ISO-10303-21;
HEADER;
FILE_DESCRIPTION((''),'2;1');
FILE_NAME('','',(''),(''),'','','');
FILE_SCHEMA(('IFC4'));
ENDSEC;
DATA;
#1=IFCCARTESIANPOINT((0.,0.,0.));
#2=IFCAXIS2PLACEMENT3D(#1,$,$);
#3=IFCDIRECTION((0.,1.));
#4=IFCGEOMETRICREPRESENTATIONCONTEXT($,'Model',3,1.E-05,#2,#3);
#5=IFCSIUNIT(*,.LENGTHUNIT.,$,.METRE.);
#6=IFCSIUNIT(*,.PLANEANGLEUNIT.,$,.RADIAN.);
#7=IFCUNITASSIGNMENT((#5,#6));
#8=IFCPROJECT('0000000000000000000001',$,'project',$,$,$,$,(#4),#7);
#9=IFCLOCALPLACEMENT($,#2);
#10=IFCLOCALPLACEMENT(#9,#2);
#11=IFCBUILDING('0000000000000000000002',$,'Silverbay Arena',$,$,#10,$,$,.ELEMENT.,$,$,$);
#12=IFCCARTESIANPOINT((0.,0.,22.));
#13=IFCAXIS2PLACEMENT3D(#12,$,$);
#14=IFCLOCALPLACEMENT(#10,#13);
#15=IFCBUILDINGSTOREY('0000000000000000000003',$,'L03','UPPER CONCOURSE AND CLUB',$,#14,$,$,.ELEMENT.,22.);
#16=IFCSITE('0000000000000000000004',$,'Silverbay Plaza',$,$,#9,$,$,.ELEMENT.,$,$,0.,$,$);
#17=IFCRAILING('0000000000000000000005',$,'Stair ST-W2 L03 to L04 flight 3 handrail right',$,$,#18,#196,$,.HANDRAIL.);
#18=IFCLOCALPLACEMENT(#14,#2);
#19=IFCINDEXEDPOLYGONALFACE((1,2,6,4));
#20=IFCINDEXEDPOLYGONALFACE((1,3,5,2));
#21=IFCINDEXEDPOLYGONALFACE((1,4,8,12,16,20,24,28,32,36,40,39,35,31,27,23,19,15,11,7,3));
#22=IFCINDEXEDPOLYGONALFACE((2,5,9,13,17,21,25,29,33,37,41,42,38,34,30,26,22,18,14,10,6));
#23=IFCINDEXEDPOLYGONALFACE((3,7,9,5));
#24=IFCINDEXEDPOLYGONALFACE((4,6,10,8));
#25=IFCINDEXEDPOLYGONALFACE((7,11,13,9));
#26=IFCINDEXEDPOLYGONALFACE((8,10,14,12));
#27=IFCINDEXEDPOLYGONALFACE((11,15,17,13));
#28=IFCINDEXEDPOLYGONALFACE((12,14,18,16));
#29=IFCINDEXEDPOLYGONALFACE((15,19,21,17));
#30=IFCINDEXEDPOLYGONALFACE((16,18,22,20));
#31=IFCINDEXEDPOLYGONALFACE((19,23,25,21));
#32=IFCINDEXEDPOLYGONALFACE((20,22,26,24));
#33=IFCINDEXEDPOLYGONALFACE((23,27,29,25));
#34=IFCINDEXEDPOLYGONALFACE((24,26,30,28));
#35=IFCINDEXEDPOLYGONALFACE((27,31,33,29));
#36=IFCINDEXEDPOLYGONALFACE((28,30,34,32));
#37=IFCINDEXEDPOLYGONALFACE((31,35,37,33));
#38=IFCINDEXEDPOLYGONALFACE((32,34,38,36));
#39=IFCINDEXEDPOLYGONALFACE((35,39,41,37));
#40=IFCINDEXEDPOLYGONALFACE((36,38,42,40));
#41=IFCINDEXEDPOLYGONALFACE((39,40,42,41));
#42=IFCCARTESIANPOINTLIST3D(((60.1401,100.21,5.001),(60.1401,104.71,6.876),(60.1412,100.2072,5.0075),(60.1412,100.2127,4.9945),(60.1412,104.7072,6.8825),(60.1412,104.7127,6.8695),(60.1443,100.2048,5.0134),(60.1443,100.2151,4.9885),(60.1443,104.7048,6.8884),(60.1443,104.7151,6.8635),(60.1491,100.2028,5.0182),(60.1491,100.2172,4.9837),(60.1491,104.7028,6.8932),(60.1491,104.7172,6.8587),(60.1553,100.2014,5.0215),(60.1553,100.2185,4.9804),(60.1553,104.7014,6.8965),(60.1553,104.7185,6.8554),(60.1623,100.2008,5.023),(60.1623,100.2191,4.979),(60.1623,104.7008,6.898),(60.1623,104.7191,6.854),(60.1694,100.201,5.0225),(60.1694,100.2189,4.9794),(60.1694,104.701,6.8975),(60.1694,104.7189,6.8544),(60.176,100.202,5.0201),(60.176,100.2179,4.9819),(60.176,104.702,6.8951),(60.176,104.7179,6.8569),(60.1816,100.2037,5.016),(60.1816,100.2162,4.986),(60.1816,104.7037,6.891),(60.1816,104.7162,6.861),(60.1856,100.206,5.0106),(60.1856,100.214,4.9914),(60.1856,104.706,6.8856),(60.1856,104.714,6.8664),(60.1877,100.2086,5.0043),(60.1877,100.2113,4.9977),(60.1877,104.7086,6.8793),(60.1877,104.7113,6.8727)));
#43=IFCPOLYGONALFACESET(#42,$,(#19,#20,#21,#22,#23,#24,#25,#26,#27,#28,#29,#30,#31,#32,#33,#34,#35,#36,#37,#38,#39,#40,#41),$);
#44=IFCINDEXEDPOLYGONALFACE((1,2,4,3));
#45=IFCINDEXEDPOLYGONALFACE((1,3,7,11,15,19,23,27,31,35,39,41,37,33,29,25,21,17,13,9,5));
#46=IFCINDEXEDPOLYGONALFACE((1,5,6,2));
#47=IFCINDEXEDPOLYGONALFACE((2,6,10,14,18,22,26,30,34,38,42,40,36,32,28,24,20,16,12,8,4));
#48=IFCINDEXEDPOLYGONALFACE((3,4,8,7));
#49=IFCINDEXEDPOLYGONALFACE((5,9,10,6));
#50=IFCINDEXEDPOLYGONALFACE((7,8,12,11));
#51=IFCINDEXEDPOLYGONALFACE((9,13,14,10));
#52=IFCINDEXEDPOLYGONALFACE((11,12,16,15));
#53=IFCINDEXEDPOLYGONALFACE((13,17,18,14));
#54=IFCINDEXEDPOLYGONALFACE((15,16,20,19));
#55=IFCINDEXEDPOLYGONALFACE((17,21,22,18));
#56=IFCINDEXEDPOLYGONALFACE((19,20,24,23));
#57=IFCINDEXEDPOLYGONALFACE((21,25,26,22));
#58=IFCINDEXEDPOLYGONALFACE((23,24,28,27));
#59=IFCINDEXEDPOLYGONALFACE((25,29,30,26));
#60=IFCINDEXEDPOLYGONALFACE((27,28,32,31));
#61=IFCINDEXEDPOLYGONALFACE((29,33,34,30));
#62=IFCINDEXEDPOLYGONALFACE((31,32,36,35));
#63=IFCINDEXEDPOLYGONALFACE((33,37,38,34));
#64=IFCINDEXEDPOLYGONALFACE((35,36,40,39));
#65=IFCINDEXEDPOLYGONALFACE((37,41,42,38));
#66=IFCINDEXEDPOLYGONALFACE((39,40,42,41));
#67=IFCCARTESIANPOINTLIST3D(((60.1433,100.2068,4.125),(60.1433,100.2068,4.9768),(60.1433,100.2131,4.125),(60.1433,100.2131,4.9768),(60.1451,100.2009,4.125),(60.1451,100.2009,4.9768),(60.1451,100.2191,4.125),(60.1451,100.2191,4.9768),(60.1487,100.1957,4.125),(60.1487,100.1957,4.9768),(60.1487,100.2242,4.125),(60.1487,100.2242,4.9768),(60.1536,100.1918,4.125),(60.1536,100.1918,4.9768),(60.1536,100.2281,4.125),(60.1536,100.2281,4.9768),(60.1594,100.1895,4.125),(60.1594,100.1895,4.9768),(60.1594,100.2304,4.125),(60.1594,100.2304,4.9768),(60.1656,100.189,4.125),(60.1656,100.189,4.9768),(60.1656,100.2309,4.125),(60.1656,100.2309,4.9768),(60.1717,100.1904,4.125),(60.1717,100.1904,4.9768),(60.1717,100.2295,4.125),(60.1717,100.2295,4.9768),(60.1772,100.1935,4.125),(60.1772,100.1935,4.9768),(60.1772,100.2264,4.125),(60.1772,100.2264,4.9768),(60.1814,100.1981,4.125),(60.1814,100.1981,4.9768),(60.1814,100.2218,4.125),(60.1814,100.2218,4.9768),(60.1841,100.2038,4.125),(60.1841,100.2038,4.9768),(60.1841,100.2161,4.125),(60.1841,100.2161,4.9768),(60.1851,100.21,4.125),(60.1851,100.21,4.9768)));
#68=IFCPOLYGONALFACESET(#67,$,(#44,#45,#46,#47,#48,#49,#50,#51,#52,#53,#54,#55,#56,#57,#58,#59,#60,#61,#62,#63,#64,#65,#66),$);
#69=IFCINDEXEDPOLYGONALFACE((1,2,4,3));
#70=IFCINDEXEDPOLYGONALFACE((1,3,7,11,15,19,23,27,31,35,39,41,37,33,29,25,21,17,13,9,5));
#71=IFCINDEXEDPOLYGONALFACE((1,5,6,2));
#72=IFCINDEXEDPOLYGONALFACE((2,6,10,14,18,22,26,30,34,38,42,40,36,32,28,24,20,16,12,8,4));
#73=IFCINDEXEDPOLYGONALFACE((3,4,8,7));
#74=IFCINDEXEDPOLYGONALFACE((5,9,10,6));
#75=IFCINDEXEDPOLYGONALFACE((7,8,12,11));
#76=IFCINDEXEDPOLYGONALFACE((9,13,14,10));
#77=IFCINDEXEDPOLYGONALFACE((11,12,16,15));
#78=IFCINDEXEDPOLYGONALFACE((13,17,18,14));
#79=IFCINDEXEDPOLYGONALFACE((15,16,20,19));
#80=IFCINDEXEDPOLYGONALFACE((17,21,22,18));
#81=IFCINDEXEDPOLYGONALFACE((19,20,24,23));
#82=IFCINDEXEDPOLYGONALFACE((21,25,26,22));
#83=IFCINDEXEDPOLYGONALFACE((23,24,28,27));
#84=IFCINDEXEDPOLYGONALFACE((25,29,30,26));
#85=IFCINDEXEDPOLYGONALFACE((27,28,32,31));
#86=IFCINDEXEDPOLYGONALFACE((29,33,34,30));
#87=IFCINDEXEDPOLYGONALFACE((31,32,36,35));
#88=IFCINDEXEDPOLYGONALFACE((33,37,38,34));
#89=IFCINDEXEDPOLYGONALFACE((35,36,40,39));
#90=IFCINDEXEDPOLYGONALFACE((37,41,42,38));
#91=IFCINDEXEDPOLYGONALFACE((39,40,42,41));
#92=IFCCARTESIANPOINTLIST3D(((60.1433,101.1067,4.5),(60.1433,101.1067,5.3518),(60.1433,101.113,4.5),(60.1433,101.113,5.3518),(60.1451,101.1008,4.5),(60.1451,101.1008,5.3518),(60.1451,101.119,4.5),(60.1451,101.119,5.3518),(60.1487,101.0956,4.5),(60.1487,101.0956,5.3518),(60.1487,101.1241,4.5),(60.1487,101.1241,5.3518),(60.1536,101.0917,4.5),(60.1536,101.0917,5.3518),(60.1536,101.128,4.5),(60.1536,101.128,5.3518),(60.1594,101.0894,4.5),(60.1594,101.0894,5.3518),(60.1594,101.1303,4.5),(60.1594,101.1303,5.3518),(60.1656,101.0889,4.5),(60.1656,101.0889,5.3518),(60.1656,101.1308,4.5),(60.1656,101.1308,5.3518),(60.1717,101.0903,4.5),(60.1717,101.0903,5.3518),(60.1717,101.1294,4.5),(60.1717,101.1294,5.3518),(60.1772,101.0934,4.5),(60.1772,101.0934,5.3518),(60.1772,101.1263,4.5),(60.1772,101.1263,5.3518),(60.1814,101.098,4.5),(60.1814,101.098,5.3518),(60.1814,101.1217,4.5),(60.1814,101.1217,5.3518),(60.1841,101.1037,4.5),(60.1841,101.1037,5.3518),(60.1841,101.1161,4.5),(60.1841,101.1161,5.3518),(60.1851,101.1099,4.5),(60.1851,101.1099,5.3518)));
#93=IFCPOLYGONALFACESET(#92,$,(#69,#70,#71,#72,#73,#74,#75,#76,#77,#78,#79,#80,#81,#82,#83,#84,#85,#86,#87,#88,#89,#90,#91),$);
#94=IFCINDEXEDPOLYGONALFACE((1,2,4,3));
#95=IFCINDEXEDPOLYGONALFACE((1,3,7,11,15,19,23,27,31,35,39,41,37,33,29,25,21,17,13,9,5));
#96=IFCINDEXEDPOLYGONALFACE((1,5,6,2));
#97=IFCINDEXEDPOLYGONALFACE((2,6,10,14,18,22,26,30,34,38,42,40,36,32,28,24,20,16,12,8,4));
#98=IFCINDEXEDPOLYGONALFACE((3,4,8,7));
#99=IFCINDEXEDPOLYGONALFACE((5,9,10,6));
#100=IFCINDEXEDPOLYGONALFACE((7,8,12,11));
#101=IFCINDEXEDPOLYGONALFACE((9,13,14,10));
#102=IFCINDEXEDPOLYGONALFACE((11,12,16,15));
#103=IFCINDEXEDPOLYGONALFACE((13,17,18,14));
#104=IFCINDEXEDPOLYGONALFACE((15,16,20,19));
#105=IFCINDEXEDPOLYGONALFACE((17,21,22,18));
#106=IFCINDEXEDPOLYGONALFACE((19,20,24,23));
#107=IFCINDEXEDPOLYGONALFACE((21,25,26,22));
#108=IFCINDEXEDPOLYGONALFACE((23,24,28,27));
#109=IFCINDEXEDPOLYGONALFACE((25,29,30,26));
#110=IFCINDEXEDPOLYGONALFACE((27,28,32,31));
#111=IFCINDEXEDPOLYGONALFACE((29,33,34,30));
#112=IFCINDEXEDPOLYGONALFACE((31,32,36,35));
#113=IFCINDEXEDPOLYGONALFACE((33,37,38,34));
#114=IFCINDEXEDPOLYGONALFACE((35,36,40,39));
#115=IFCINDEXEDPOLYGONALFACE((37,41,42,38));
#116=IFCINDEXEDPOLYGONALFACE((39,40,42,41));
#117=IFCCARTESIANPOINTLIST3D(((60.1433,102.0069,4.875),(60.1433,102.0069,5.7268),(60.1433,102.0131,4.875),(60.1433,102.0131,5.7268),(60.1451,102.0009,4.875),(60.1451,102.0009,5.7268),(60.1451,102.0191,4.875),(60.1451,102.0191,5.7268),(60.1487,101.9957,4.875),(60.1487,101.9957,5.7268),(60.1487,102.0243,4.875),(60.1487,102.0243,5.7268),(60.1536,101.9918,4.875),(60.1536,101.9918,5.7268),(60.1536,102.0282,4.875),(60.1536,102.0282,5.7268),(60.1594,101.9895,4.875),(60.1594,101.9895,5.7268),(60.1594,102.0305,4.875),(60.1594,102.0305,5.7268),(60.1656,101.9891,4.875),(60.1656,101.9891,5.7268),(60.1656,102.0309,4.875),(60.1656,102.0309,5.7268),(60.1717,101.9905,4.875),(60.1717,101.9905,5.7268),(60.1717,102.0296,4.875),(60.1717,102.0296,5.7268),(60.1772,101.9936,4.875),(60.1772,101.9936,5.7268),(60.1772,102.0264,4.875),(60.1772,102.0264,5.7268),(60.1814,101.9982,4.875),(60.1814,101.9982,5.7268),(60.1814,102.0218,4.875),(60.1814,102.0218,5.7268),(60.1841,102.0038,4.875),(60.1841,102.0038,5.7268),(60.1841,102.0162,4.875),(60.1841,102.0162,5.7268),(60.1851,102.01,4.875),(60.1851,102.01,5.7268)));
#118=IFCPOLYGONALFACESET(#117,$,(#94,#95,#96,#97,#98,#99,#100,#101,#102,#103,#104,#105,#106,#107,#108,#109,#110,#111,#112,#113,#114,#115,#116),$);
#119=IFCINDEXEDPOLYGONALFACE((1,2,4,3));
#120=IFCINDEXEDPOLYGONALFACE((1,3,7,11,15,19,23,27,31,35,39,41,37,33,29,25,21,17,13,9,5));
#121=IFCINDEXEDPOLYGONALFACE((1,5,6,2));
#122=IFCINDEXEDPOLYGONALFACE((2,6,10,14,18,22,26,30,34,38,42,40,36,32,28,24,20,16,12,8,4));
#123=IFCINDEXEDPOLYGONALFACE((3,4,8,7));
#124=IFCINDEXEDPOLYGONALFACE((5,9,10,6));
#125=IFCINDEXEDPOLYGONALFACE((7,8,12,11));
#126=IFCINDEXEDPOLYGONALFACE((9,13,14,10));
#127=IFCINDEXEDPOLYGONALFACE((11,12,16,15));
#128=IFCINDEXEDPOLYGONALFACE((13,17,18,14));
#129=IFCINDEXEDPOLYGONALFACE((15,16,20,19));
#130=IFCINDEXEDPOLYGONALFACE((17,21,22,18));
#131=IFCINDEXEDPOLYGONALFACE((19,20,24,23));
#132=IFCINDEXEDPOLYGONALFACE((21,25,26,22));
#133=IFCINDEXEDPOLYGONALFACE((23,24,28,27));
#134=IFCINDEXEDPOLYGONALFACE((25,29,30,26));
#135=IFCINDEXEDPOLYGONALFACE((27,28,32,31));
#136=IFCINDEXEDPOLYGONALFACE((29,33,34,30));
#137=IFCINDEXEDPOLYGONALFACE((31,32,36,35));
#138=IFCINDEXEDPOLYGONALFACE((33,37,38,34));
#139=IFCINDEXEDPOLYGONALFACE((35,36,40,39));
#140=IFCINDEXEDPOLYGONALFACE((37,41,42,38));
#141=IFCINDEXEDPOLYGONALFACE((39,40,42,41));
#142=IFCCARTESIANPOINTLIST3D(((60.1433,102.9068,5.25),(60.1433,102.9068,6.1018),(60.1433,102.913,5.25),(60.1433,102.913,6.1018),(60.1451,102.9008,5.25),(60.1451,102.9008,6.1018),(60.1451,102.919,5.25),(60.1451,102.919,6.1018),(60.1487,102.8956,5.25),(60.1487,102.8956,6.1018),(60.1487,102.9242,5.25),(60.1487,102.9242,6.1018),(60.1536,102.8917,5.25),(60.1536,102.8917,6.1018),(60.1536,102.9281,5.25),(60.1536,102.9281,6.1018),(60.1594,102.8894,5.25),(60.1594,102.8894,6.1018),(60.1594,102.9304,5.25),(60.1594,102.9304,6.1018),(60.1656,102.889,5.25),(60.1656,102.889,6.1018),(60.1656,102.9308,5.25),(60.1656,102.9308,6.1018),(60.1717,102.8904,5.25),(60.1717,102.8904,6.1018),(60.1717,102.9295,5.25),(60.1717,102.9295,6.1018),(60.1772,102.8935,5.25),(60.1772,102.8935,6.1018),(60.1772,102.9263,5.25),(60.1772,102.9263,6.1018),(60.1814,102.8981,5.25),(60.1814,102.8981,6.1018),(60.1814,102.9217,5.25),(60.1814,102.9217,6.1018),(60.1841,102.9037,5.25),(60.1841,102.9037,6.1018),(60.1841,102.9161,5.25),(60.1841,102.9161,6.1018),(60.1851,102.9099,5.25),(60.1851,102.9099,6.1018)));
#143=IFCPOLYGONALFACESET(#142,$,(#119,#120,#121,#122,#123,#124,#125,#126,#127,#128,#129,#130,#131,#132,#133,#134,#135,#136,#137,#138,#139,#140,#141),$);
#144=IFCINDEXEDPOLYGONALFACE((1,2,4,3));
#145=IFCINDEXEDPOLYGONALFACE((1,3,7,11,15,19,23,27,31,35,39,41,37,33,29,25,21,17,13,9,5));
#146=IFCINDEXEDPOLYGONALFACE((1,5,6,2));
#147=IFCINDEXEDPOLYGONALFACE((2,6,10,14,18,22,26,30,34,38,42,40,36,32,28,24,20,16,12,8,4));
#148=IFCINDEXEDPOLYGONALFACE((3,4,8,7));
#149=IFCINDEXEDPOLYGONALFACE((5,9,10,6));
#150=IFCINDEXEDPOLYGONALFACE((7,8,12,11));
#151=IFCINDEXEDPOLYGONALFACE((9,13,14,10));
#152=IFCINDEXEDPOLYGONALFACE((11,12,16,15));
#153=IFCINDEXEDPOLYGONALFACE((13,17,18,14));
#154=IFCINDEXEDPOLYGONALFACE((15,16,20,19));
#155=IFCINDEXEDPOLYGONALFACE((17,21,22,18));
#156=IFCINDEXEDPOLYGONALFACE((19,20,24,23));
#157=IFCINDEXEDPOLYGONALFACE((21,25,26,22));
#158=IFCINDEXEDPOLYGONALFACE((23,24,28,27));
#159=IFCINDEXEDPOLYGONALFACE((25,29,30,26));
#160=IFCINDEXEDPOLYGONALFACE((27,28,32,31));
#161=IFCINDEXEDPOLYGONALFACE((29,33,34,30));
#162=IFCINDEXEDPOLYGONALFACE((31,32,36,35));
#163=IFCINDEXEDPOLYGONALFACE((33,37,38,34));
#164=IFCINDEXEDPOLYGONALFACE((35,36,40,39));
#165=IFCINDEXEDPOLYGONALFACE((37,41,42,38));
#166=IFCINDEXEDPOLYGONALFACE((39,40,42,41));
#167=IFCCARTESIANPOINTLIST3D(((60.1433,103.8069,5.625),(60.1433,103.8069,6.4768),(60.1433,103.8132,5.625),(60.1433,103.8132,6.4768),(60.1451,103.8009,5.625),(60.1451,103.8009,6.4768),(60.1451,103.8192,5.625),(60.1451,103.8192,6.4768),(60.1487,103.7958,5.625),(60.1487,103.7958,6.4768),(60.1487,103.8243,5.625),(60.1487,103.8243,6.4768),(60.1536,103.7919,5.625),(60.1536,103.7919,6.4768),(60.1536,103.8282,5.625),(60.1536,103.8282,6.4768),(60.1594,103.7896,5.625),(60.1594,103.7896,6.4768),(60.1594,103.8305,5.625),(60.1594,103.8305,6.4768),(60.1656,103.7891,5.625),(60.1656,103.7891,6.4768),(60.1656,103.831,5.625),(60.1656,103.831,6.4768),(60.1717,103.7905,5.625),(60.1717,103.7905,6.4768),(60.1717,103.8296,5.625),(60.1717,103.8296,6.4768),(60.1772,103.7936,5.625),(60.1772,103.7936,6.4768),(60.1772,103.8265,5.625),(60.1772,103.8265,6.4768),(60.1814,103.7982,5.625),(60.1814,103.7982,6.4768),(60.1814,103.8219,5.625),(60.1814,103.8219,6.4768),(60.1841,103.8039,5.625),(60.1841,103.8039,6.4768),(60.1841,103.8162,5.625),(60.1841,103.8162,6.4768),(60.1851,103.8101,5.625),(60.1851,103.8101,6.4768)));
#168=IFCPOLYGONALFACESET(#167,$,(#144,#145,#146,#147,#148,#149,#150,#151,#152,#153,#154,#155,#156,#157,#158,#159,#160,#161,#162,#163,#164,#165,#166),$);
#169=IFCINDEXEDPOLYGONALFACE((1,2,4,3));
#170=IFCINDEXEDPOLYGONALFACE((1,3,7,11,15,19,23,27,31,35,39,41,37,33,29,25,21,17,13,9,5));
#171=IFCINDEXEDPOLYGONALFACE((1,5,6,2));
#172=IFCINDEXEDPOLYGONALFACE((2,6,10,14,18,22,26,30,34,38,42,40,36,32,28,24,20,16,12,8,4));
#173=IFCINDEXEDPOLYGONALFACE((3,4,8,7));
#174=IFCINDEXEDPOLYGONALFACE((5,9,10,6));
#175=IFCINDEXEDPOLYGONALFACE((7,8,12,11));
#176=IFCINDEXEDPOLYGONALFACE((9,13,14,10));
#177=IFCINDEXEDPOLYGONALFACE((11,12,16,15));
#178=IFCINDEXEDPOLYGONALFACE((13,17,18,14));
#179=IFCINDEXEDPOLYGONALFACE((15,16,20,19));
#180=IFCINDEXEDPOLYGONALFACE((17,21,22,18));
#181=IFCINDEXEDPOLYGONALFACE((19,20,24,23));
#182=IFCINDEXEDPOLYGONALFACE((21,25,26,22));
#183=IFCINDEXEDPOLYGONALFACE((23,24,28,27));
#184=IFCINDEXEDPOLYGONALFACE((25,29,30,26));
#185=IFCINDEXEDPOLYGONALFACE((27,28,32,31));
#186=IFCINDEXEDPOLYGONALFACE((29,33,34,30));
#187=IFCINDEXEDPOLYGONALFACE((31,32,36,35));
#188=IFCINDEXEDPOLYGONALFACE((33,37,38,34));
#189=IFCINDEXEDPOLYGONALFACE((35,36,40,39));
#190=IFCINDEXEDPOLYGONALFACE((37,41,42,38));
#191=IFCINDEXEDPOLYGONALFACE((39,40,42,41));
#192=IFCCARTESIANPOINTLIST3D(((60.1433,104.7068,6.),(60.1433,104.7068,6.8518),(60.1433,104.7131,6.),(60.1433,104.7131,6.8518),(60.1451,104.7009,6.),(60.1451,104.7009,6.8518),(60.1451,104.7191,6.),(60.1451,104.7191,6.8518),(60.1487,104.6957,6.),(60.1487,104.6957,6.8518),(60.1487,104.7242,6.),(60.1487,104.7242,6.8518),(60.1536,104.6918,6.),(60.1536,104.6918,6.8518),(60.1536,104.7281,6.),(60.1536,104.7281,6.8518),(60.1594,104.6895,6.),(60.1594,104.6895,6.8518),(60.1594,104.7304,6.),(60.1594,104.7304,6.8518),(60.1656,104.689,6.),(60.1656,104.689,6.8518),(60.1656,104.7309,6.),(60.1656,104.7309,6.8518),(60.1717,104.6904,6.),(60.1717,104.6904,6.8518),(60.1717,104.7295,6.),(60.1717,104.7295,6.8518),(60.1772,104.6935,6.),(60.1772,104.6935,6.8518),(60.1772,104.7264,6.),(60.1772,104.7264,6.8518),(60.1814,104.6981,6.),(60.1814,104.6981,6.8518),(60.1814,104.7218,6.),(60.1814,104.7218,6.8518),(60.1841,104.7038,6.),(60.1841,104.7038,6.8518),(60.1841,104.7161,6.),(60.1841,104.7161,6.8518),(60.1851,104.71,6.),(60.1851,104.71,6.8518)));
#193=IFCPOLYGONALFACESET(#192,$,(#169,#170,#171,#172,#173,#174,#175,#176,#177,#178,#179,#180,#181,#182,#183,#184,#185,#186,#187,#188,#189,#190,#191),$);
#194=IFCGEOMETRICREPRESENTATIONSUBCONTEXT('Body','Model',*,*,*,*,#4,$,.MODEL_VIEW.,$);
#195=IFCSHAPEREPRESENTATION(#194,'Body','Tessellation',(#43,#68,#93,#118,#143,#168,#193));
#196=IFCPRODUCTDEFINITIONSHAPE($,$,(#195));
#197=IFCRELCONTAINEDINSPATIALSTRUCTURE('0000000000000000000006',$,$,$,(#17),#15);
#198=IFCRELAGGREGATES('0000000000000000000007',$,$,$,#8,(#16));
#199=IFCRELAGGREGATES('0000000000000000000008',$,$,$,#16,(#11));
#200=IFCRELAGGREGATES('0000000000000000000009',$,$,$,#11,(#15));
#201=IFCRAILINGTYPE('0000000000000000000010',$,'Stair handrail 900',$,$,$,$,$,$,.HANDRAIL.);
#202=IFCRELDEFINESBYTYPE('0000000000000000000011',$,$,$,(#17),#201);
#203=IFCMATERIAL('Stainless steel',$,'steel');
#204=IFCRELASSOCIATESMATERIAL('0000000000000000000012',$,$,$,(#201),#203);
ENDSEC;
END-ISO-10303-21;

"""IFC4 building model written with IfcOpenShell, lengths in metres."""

from ifc_helpers import new_model, si_unit, direction, frame, origin, origin_2d, place, context, subcontext, project, spatial, circle, extrude, material, type_object, element, save


model = new_model("IFC4")

# Units and contexts
model_context = context("Model", 3, precision=1e-05, world=origin(), true_north=direction((0.0, 1.0)))
body_context = subcontext(model_context, "Body", "Model", "MODEL_VIEW")
ifc_project = project(units=[si_unit("LENGTHUNIT", "METRE"), si_unit("PLANEANGLEUNIT", "RADIAN")], contexts=[model_context])

# Site, building, storey
site_placement = place(None, origin())
site = spatial("IfcSite", under=ifc_project, at=site_placement, Name="Silverbay Plaza", CompositionType="ELEMENT", RefElevation=0.0)
building_placement = place(site_placement, origin())
building = spatial("IfcBuilding", under=site, at=building_placement, Name="Silverbay Arena", CompositionType="ELEMENT")
storey_placement = place(building_placement, frame((0.0, 0.0, 22.0)))
storey = spatial("IfcBuildingStorey", under=building, at=storey_placement, Name="L03", Description="UPPER CONCOURSE AND CLUB", CompositionType="ELEMENT", Elevation=22.0)

# Railing
ifc_material_1 = material(Name="Stainless steel", Category="steel")
railing_type_1 = type_object("IfcRailingType", Name="Stair handrail 900", PredefinedType="HANDRAIL", material=ifc_material_1)
for number, where, name in (
    (1, (60.1641, 100.21, 4.125), "Stair ST-W2 L03 to L04 flight 3 handrail right"),
):
    element("IfcRailing", number, at=place(storey_placement, frame(where)), inside=storey, type_object=railing_type_1, Name=name, PredefinedType="HANDRAIL", context=body_context, shape_type="SweptSolid", body=[
        extrude(circle(Radius=0.0239, at=origin_2d()), frame((0.0, 0.0, 0.876), z_axis=(0.0, 0.923077, 0.384615), x_axis=(-1.0, 0.0, 0.0)), (0.0, 0.0, 1.0), 4.875),
        extrude(circle(Radius=0.021, at=origin_2d()), origin(), (0.0, 0.0, 1.0), 0.8518),
        extrude(circle(Radius=0.021, at=origin_2d()), frame((0.0, 0.8999, 0.375)), (0.0, 0.0, 1.0), 0.8518),
        extrude(circle(Radius=0.021, at=origin_2d()), frame((0.0, 1.8, 0.75)), (0.0, 0.0, 1.0), 0.8518),
        extrude(circle(Radius=0.021, at=origin_2d()), frame((0.0, 2.7, 1.125)), (0.0, 0.0, 1.0), 0.8518),
        extrude(circle(Radius=0.021, at=origin_2d()), frame((0.0, 3.6001, 1.5)), (0.0, 0.0, 1.0), 0.8518),
        extrude(circle(Radius=0.021, at=origin_2d()), frame((0.0, 4.5, 1.875)), (0.0, 0.0, 1.0), 0.8518),
    ])

save(model, "model.ifc")
